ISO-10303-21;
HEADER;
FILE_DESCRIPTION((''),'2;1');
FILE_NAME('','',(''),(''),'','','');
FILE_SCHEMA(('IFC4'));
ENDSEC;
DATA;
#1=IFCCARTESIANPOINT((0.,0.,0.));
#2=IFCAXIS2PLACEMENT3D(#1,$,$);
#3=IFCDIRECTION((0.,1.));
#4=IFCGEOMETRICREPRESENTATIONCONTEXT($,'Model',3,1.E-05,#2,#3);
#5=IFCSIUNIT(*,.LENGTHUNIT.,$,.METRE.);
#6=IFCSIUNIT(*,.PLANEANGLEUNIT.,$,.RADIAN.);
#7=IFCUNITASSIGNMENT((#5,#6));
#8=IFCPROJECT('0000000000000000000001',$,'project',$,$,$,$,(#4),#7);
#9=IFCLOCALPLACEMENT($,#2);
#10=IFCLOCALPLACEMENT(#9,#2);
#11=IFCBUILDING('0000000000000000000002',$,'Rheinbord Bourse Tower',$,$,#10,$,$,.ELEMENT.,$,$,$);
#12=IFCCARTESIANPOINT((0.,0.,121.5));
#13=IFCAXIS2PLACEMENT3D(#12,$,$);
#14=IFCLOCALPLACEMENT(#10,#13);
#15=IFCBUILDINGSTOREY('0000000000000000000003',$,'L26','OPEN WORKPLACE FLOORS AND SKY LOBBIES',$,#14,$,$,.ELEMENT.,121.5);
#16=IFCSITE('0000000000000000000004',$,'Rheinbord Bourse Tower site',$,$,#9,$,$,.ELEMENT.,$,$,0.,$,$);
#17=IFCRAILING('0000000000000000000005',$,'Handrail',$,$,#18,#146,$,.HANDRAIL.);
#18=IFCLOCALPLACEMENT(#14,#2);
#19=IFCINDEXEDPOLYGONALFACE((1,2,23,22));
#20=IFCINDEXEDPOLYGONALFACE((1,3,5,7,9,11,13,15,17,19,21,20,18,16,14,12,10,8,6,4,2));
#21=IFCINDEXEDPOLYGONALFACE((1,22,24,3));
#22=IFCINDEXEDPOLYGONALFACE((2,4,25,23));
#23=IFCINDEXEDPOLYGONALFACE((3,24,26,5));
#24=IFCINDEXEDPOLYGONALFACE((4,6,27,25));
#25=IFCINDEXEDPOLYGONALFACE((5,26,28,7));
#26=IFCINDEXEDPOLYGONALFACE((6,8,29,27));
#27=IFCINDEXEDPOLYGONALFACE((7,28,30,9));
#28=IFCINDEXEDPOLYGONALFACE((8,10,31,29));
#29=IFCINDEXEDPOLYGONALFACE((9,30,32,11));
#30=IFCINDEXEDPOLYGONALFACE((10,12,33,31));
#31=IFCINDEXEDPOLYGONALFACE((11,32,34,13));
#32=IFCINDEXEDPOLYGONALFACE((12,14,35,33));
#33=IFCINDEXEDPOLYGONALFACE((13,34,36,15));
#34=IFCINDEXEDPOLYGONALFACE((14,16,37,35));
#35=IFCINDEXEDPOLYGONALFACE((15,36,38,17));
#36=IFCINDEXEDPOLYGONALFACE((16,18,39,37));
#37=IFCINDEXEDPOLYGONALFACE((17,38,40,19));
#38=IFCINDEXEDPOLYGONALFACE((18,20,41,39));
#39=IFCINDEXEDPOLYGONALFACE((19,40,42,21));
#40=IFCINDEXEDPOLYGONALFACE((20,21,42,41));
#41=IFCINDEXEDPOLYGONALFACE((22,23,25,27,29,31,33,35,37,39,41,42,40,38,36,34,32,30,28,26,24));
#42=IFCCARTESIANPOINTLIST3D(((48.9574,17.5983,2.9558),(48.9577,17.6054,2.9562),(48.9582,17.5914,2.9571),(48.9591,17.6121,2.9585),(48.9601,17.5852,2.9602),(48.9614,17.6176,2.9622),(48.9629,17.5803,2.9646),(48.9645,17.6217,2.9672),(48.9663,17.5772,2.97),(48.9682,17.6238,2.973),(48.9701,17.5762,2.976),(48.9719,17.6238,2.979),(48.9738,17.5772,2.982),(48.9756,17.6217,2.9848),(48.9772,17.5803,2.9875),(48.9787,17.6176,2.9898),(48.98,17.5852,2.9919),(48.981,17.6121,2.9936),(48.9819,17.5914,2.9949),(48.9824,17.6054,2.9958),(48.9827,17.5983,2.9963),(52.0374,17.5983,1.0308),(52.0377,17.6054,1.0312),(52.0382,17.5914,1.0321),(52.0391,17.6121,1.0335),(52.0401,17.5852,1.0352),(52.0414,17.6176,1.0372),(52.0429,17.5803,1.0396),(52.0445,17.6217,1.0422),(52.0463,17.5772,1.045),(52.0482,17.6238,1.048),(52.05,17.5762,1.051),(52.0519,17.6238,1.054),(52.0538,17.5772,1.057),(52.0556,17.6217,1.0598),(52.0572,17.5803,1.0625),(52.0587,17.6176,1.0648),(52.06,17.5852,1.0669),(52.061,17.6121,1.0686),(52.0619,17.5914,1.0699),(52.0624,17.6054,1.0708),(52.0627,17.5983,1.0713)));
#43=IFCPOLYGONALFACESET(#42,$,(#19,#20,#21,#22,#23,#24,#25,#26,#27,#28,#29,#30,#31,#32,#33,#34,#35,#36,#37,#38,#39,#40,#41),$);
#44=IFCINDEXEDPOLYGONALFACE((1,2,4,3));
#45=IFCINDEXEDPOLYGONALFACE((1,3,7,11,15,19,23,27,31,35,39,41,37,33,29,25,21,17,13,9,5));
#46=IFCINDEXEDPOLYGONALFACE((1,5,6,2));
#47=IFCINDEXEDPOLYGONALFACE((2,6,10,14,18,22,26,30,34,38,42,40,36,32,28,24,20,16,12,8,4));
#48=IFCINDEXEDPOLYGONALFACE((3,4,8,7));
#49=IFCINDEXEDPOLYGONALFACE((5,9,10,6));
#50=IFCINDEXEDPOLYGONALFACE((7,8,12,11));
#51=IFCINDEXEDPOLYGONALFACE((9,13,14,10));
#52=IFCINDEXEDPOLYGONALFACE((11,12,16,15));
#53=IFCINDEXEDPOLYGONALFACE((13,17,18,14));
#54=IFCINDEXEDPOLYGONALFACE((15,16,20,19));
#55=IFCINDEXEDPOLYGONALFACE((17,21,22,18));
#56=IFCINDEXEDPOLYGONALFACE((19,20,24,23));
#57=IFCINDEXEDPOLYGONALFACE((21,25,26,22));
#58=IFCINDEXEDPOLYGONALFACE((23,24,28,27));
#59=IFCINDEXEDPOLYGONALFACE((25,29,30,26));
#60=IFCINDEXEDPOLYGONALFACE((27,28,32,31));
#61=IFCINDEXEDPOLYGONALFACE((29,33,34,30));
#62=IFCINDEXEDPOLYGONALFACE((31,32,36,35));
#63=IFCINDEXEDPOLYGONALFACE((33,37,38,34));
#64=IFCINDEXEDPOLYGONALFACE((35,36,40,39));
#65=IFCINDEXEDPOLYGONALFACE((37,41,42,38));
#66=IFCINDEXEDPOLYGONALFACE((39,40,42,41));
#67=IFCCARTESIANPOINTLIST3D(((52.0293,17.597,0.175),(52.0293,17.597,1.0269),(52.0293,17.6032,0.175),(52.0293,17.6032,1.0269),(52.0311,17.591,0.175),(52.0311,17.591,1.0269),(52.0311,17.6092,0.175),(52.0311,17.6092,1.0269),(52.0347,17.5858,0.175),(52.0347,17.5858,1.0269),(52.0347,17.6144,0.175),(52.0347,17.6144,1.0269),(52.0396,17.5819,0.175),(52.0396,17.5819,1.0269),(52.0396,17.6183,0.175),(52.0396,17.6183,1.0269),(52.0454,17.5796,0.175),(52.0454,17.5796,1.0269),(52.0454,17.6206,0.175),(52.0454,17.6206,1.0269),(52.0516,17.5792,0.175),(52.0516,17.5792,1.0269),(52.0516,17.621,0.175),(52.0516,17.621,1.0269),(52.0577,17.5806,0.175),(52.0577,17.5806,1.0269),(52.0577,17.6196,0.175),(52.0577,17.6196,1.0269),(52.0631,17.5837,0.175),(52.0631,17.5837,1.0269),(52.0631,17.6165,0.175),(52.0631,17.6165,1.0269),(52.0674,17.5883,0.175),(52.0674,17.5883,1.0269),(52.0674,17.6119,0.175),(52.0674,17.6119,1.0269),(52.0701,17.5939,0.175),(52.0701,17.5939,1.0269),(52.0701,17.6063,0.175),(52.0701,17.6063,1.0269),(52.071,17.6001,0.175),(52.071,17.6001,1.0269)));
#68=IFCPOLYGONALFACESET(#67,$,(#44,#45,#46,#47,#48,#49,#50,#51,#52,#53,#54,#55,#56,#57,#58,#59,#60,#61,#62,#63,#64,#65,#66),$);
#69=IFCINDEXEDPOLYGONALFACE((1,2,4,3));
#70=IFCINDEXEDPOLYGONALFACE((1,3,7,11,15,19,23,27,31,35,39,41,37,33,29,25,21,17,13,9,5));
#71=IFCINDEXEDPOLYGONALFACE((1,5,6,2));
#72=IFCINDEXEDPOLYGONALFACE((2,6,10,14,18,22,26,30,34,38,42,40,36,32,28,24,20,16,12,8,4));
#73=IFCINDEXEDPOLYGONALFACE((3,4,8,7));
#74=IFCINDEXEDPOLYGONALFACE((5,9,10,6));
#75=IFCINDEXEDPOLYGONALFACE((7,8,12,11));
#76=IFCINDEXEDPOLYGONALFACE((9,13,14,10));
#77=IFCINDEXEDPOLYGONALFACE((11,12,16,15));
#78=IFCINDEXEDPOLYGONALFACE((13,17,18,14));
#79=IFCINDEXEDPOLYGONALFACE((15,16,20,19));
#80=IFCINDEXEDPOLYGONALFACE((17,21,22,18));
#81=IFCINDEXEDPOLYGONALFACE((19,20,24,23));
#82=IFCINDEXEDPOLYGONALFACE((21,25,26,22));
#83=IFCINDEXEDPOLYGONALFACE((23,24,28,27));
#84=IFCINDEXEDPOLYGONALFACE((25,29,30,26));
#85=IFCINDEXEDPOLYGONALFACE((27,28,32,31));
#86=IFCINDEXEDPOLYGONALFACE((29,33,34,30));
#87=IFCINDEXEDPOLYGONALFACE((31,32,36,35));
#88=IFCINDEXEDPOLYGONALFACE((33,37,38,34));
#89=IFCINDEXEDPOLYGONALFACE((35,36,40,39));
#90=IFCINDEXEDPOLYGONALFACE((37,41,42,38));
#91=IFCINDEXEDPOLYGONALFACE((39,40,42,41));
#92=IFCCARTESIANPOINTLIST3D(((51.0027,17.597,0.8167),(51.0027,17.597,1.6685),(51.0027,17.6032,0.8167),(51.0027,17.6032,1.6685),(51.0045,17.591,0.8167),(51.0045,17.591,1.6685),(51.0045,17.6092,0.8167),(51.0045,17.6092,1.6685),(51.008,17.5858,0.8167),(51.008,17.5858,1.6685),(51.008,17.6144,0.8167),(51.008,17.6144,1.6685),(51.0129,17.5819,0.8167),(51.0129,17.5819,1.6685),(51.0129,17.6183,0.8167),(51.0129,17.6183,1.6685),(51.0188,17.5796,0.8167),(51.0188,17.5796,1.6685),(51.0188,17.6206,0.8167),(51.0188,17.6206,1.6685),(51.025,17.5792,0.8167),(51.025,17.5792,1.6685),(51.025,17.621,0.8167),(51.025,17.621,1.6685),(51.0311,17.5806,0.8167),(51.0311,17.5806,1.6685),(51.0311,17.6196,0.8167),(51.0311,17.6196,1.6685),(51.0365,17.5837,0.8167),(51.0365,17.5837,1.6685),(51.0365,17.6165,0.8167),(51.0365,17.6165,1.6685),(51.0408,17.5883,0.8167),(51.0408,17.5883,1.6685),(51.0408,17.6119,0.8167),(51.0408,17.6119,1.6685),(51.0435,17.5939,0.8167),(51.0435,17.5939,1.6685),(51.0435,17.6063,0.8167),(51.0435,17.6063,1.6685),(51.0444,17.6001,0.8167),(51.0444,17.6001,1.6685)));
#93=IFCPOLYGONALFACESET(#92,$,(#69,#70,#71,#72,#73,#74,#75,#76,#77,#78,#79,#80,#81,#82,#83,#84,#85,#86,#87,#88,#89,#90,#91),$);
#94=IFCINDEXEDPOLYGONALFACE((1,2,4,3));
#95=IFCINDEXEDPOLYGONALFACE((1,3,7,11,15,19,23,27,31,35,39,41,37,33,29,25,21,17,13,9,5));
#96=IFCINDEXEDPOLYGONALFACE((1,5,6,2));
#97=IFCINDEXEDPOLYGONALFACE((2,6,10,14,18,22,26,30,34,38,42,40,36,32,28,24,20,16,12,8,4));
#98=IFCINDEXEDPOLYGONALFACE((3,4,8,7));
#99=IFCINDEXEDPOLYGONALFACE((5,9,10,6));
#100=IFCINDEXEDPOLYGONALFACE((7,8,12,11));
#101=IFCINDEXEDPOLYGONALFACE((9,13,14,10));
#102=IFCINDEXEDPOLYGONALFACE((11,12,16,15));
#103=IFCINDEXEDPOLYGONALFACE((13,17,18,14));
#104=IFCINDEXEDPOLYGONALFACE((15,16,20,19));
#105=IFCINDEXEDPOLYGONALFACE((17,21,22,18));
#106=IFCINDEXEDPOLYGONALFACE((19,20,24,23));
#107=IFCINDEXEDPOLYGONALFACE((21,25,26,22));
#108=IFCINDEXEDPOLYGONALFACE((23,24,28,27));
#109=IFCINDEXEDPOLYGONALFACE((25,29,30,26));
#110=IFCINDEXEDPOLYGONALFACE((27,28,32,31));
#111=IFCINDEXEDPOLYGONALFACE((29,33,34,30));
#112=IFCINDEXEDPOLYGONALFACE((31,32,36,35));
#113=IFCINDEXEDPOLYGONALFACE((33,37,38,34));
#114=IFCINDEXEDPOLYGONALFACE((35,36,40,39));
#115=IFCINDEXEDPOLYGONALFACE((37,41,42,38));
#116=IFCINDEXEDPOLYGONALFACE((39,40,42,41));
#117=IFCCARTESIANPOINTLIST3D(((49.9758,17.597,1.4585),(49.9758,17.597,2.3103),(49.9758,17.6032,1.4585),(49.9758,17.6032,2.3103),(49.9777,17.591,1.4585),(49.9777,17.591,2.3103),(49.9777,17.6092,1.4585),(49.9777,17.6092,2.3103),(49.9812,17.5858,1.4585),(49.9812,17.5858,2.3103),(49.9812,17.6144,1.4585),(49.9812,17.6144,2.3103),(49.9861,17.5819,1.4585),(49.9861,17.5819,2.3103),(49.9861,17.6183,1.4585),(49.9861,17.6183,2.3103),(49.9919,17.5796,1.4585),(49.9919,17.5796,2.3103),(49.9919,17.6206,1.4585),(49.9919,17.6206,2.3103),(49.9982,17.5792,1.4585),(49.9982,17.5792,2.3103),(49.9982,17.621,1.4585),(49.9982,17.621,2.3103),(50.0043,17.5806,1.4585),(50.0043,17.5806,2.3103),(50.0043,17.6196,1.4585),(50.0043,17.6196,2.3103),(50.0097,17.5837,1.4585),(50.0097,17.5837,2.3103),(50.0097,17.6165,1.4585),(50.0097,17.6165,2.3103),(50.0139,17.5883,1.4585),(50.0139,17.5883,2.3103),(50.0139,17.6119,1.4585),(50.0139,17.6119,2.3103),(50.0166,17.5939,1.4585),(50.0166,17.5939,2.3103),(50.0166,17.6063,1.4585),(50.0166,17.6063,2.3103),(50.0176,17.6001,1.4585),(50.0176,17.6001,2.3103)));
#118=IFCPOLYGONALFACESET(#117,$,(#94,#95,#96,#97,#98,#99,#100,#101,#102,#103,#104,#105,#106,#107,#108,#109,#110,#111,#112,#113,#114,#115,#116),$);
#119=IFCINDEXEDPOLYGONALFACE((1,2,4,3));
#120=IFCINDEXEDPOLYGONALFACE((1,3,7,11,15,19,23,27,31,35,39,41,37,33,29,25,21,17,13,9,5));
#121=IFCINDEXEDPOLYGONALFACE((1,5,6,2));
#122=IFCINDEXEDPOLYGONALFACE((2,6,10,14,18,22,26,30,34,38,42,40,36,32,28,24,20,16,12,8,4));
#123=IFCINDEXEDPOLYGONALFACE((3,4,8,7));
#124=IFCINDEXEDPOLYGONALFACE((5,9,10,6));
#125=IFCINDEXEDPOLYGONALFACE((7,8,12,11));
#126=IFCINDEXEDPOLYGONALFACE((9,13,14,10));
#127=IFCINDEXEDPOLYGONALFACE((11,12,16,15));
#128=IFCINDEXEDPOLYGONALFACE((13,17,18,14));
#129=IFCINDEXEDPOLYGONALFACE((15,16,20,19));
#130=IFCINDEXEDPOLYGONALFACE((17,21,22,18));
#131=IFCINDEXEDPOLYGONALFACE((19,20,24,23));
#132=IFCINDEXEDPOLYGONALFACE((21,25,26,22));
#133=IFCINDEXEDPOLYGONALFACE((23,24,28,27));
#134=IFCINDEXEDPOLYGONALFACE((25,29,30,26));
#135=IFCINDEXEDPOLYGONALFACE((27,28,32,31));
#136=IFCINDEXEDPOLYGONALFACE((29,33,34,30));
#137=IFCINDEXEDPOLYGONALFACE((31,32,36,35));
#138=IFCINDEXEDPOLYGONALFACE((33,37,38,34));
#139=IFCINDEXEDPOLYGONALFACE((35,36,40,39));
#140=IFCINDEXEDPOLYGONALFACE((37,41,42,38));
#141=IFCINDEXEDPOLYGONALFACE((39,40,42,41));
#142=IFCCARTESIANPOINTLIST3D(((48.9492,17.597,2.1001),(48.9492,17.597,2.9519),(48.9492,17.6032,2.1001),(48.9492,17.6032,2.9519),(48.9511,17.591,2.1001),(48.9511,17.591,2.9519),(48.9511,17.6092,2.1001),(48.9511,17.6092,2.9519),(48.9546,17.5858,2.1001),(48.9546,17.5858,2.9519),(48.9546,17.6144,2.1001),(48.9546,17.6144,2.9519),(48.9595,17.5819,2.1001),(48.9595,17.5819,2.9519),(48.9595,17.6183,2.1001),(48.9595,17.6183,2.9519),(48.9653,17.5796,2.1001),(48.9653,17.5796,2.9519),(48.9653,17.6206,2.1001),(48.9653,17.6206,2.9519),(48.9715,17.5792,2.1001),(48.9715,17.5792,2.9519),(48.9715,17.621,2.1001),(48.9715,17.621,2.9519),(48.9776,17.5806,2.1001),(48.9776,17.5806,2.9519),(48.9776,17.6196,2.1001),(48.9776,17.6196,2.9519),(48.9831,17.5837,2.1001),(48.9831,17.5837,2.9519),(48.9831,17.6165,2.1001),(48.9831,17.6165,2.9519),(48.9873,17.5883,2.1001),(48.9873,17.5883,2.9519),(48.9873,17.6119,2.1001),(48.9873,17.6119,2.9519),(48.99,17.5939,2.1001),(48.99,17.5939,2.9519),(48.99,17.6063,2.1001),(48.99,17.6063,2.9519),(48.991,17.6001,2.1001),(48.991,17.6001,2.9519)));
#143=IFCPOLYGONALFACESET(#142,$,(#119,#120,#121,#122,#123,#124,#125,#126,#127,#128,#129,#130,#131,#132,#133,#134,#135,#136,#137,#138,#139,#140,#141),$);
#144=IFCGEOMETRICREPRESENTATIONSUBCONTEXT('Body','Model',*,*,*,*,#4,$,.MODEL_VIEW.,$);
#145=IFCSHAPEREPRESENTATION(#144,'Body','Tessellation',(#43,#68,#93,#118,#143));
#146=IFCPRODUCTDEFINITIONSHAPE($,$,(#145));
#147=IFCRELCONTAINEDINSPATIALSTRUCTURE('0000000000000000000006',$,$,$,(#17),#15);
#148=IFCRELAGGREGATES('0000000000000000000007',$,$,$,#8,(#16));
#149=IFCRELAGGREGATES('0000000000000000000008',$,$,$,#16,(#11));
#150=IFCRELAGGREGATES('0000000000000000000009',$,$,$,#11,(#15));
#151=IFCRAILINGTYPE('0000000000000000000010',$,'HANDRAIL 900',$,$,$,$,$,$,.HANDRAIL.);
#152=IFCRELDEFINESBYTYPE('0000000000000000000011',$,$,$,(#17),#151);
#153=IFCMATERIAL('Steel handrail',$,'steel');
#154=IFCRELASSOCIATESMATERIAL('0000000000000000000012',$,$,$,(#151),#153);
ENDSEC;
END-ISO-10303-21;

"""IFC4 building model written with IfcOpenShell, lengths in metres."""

from ifc_helpers import new_model, si_unit, direction, frame, origin, origin_2d, place, context, subcontext, project, spatial, circle, extrude, material, type_object, element, save


model = new_model("IFC4")

# Units and contexts
model_context = context("Model", 3, precision=1e-05, world=origin(), true_north=direction((0.0, 1.0)))
body_context = subcontext(model_context, "Body", "Model", "MODEL_VIEW")
ifc_project = project(units=[si_unit("LENGTHUNIT", "METRE"), si_unit("PLANEANGLEUNIT", "RADIAN")], contexts=[model_context])

# Site, building, storey
site_placement = place(None, origin())
site = spatial("IfcSite", under=ifc_project, at=site_placement, Name="Rheinbord Bourse Tower site", CompositionType="ELEMENT", RefElevation=0.0)
building_placement = place(site_placement, origin())
building = spatial("IfcBuilding", under=site, at=building_placement, Name="Rheinbord Bourse Tower", CompositionType="ELEMENT")
storey_placement = place(building_placement, frame((0.0, 0.0, 121.5)))
storey = spatial("IfcBuildingStorey", under=building, at=storey_placement, Name="L26", Description="OPEN WORKPLACE FLOORS AND SKY LOBBIES", CompositionType="ELEMENT", Elevation=121.5)

# Railing
ifc_material_1 = material(Name="Steel handrail", Category="steel")
railing_type = type_object("IfcRailingType", Name="HANDRAIL 900", PredefinedType="HANDRAIL", material=ifc_material_1)
railing_1_placement = place(storey_placement, frame((52.05, 17.6001, 0.175)))
element("IfcRailing", 1, at=railing_1_placement, inside=storey, type_object=railing_type, Name="Handrail", PredefinedType="HANDRAIL", context=body_context, shape_type="SweptSolid", body=[
    extrude(circle(Radius=0.0239, at=origin_2d()), frame((0.0, 0.0, 0.876), z_axis=(-0.847998, 0.0, 0.529999), x_axis=(0.0, -1.0, 0.0)), (0.0, 0.0, 1.0), 3.6321),
    extrude(circle(Radius=0.021, at=origin_2d()), origin(), (0.0, 0.0, 1.0), 0.8518),
    extrude(circle(Radius=0.021, at=origin_2d()), frame((-1.0266, 0.0, 0.6416)), (0.0, 0.0, 1.0), 0.8518),
    extrude(circle(Radius=0.021, at=origin_2d()), frame((-2.0535, 0.0, 1.2834)), (0.0, 0.0, 1.0), 0.8518),
    extrude(circle(Radius=0.021, at=origin_2d()), frame((-3.0801, 0.0, 1.925)), (0.0, 0.0, 1.0), 0.8518),
])

save(model, "model.ifc")
